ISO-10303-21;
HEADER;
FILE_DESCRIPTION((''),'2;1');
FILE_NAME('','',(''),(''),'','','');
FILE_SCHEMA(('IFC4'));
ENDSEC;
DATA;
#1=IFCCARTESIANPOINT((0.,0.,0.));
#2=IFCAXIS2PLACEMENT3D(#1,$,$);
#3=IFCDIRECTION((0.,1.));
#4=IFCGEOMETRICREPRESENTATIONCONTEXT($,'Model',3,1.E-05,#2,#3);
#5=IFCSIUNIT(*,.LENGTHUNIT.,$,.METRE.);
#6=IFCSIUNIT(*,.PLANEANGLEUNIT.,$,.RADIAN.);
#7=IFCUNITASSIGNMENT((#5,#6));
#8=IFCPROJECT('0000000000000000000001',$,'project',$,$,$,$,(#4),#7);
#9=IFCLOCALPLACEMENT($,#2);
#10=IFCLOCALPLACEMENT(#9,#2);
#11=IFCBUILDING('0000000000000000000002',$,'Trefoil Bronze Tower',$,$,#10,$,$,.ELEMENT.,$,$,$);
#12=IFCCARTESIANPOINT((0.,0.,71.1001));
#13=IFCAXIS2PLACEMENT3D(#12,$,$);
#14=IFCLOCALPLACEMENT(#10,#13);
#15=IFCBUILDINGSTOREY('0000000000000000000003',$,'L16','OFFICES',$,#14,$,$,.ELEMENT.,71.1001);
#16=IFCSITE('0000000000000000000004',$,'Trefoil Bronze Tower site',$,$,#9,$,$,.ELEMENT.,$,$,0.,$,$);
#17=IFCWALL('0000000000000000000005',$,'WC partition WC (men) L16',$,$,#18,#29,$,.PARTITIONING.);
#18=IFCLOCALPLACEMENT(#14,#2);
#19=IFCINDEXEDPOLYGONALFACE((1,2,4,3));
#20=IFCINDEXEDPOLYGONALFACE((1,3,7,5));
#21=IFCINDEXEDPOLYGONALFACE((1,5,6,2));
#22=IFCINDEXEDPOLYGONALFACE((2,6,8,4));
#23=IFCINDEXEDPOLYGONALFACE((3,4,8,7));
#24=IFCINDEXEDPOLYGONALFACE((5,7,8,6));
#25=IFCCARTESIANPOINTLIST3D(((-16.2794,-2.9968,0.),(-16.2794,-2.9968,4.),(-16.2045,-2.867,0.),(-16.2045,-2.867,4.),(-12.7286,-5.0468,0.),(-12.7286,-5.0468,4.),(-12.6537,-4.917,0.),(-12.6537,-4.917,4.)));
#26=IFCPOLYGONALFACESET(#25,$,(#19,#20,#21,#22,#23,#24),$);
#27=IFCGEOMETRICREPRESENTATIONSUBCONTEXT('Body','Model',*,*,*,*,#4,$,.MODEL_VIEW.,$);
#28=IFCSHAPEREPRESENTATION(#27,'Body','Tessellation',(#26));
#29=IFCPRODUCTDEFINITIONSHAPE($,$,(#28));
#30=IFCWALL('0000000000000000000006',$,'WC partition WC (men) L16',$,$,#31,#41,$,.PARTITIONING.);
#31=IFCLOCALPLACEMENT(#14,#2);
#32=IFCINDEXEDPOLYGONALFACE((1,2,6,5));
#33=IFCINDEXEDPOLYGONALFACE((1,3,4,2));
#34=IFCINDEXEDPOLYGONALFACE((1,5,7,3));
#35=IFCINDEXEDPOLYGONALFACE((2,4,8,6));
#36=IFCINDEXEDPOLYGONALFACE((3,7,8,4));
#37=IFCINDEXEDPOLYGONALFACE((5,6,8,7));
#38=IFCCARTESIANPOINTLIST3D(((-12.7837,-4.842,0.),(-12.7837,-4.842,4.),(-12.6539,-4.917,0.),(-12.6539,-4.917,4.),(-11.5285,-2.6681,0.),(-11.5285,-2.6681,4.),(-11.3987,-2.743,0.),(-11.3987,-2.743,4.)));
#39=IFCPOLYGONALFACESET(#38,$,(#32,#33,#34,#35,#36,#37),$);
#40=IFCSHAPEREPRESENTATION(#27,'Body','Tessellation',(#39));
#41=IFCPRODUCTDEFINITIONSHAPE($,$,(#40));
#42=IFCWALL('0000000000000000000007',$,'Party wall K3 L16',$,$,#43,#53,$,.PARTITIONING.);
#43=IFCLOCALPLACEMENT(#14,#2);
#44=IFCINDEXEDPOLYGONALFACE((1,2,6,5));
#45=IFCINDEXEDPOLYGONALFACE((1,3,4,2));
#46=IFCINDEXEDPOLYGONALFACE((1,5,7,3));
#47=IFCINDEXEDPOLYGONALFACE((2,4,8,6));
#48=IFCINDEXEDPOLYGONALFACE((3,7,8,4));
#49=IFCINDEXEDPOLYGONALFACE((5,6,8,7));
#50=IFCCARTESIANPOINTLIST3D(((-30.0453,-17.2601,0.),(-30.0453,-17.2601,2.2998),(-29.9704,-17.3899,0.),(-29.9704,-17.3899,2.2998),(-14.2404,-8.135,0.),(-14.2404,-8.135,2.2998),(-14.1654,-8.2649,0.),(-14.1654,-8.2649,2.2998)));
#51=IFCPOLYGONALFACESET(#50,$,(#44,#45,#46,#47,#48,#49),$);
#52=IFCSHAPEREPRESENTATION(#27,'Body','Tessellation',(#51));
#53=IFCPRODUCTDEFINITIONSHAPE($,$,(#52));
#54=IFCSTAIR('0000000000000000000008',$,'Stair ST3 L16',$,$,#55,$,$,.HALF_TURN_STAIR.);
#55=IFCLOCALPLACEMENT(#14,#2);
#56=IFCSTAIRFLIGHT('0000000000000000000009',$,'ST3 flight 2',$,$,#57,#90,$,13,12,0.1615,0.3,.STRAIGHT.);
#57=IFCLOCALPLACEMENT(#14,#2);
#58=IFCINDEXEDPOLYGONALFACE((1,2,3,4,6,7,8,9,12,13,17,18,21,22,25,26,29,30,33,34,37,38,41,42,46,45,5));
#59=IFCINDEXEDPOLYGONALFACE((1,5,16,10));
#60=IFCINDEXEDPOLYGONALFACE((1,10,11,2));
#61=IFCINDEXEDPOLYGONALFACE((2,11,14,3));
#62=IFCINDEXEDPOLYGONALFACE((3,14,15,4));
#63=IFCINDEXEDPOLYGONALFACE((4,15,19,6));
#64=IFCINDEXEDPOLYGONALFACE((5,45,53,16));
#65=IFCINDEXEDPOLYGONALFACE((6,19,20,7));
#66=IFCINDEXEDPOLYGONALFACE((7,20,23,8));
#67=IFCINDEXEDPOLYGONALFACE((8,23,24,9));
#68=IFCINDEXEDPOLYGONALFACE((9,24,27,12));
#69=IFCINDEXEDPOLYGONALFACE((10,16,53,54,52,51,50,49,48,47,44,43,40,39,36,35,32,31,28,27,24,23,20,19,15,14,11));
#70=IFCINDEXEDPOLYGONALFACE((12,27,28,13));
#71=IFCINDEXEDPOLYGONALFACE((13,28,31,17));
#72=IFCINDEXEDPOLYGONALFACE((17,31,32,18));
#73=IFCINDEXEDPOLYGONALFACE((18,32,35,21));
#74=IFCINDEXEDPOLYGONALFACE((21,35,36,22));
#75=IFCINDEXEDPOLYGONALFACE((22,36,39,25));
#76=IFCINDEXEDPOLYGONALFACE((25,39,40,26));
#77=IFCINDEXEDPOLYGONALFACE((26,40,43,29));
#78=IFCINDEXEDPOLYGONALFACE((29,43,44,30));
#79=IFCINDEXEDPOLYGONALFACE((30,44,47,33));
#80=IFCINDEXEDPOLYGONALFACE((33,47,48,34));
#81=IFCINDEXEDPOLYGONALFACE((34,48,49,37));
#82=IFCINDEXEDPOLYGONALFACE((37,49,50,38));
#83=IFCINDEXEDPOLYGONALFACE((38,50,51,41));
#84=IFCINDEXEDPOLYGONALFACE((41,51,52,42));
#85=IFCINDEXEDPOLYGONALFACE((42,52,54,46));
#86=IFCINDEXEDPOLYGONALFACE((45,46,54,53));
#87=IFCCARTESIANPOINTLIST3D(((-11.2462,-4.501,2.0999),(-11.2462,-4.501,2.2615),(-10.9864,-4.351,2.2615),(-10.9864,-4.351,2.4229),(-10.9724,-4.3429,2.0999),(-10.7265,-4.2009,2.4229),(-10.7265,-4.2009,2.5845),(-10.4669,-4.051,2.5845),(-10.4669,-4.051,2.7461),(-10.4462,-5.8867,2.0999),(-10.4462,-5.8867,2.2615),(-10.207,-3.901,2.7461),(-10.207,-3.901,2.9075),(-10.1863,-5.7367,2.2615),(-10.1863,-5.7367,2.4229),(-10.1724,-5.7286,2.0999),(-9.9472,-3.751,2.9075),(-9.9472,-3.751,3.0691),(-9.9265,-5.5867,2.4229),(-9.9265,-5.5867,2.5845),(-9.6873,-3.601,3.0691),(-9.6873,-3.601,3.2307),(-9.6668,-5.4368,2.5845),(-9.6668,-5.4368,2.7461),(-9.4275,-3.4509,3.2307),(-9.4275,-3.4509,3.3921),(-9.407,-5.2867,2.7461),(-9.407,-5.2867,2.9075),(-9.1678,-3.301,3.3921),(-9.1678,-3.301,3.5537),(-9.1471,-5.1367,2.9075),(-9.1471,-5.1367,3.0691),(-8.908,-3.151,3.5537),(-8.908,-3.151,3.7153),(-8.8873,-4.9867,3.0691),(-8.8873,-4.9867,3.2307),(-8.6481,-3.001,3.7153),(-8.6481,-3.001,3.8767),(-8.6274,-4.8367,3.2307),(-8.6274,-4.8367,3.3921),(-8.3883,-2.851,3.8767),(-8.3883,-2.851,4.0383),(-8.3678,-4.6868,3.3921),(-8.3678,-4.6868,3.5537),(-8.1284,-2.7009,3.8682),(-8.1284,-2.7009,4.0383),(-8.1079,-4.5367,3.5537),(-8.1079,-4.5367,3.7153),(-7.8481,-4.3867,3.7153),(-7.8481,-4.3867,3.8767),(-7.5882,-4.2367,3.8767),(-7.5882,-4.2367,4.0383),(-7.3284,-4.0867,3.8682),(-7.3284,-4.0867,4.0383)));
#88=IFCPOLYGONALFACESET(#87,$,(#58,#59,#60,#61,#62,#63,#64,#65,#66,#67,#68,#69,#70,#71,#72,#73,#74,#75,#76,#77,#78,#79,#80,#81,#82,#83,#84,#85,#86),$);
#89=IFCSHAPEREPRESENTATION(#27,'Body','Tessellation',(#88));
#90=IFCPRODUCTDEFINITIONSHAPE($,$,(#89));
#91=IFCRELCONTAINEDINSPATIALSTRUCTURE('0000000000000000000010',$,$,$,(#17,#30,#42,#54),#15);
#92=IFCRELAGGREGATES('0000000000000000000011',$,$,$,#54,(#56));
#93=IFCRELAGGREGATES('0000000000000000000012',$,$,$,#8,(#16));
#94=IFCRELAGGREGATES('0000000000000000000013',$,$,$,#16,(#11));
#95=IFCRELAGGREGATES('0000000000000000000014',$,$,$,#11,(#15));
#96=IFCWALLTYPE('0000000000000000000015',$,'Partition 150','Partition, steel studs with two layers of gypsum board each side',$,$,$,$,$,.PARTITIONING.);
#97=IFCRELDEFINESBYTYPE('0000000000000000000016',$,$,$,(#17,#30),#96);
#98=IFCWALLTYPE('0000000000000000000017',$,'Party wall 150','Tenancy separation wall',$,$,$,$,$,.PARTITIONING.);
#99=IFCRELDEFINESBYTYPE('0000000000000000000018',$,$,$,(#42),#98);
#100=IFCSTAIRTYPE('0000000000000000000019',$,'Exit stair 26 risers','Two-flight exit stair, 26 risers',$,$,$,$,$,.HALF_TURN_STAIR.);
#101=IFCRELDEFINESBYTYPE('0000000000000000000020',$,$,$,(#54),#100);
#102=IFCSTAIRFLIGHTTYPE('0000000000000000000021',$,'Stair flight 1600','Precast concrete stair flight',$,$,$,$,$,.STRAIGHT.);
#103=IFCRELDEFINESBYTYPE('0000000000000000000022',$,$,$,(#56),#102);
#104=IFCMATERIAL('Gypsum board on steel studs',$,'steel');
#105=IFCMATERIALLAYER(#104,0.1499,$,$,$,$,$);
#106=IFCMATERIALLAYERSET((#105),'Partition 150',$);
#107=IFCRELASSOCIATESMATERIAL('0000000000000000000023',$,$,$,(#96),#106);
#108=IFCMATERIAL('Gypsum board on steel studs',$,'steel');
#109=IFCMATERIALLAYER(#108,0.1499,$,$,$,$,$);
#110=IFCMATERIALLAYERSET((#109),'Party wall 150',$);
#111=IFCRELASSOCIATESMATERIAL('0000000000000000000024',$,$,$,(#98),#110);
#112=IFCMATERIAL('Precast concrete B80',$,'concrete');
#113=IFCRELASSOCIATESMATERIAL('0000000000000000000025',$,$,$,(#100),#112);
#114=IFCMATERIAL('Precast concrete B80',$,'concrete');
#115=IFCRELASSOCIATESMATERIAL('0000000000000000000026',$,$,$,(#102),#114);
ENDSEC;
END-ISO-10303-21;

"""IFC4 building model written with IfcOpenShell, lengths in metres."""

from ifc_helpers import new_model, si_unit, direction, frame, frame_2d, origin, place, context, subcontext, project, spatial, polyline, rectangle, outline, extrude, material, layer, layer_set, type_object, element, aggregate, save


model = new_model("IFC4")

# Units and contexts
model_context = context("Model", 3, precision=1e-05, world=origin(), true_north=direction((0.0, 1.0)))
body_context = subcontext(model_context, "Body", "Model", "MODEL_VIEW")
ifc_project = project(units=[si_unit("LENGTHUNIT", "METRE"), si_unit("PLANEANGLEUNIT", "RADIAN")], contexts=[model_context])

# Site, building, storey
site_placement = place(None, origin())
site = spatial("IfcSite", under=ifc_project, at=site_placement, Name="Trefoil Bronze Tower site", CompositionType="ELEMENT", RefElevation=0.0)
building_placement = place(site_placement, origin())
building = spatial("IfcBuilding", under=site, at=building_placement, Name="Trefoil Bronze Tower", CompositionType="ELEMENT")
storey_placement = place(building_placement, frame((0.0, 0.0, 71.1001)))
storey = spatial("IfcBuildingStorey", under=building, at=storey_placement, Name="L16", Description="OFFICES", CompositionType="ELEMENT", Elevation=71.1001)

# Shared definitions
ifc_material_1 = material(Name="Gypsum board on steel studs", Category="steel")
ifc_layer_1 = layer(ifc_material_1, 0.1499)
ifc_layer_set_1 = layer_set([ifc_layer_1], Name="Partition 150")
wall_type_1 = type_object("IfcWallType", Name="Partition 150", Description="Partition, steel studs with two layers of gypsum board each side", PredefinedType="PARTITIONING", material=ifc_layer_set_1)

# Walls
wall_1_placement = place(storey_placement, frame((-12.6912, -4.9819, 0.0), z_axis=(0.0, 0.0, 1.0), x_axis=(-0.866025, 0.500001, 0.0)))
element("IfcWall", 1, at=wall_1_placement, inside=storey, type_object=wall_type_1, Name="WC partition WC (men) L16", PredefinedType="PARTITIONING", context=body_context, shape_type="SweptSolid", body=[
    extrude(rectangle(XDim=4.1001, YDim=0.1499, at=frame_2d((2.05, 0.0))), origin(), (0.0, 0.0, 1.0), 4.0),
])
wall_2_placement = place(storey_placement, frame((-11.4636, -2.7056, 0.0), z_axis=(0.0, 0.0, 1.0), x_axis=(-0.50002, -0.866014, 0.0)))
element("IfcWall", 2, at=wall_2_placement, inside=storey, type_object=wall_type_1, Name="WC partition WC (men) L16", PredefinedType="PARTITIONING", context=body_context, shape_type="SweptSolid", body=[
    extrude(rectangle(XDim=2.5103, YDim=0.1499, at=frame_2d((1.2551, 0.0))), origin(), (0.0, 0.0, 1.0), 4.0),
])
ifc_material_2 = material(Name="Gypsum board on steel studs", Category="steel")
ifc_layer_2 = layer(ifc_material_2, 0.1499)
ifc_layer_set_2 = layer_set([ifc_layer_2], Name="Party wall 150")
wall_type_2 = type_object("IfcWallType", Name="Party wall 150", Description="Tenancy separation wall", PredefinedType="PARTITIONING", material=ifc_layer_set_2)
wall_3_placement = place(storey_placement, frame((-14.2029, -8.2, 0.0), z_axis=(0.0, 0.0, 1.0), x_axis=(-0.866025, -0.500001, 0.0)))
element("IfcWall", 3, at=wall_3_placement, inside=storey, type_object=wall_type_2, Name="Party wall K3 L16", PredefinedType="PARTITIONING", context=body_context, shape_type="SweptSolid", body=[
    extrude(rectangle(XDim=18.25, YDim=0.1499, at=frame_2d((9.125, 0.0))), origin(), (0.0, 0.0, 1.0), 2.2998),
])

# Stair, stair flight
ifc_material_3 = material(Name="Precast concrete B80", Category="concrete")
stair_type = type_object("IfcStairType", Name="Exit stair 26 risers", Description="Two-flight exit stair, 26 risers", PredefinedType="HALF_TURN_STAIR", material=ifc_material_3)
stair_placement = place(storey_placement, origin())
stair = element("IfcStair", 4, at=stair_placement, inside=storey, type_object=stair_type, Name="Stair ST3 L16", PredefinedType="HALF_TURN_STAIR")
ifc_material_4 = material(Name="Precast concrete B80", Category="concrete")
stair_flight_type = type_object("IfcStairFlightType", Name="Stair flight 1600", Description="Precast concrete stair flight", PredefinedType="STRAIGHT", material=ifc_material_4)
stair_flight_placement = place(storey_placement, frame((-10.8462, -5.1938, 2.0999), z_axis=(0.0, 0.0, 1.0), x_axis=(0.866025, 0.5, 0.0)))
stair_flight = element("IfcStairFlight", 5, at=stair_flight_placement, type_object=stair_flight_type, Name="ST3 flight 2", NumberOfRisers=13, NumberOfTreads=12, PredefinedType="STRAIGHT", RiserHeight=0.1615, TreadLength=0.3, context=body_context, shape_type="SweptSolid", body=[
    extrude(outline(polyline([(0.0, 0.0), (0.0, 0.1616), (0.3, 0.1616), (0.3, 0.323), (0.6001, 0.323), (0.6001, 0.4846), (0.8999, 0.4846), (0.8999, 0.6462), (1.2, 0.6462), (1.2, 0.8076), (1.5, 0.8076), (1.5, 0.9692), (1.8, 0.9692), (1.8, 1.1309), (2.1001, 1.1309), (2.1001, 1.2922), (2.3999, 1.2922), (2.3999, 1.4539), (2.7, 1.4539), (2.7, 1.6155), (3.0, 1.6155), (3.0, 1.7769), (3.3, 1.7769), (3.3, 1.9385), (3.6001, 1.9385), (3.6001, 2.1001), (3.6001, 1.7683), (0.3162, 0.0), (0.0, 0.0)])), frame((0.0, 0.8, 0.0), z_axis=(0.0, -1.0, 0.0), x_axis=(1.0, 0.0, 0.0)), (0.0, 0.0, 1.0), 1.6001),
])
aggregate(stair, [stair_flight])

save(model, "model.ifc")
